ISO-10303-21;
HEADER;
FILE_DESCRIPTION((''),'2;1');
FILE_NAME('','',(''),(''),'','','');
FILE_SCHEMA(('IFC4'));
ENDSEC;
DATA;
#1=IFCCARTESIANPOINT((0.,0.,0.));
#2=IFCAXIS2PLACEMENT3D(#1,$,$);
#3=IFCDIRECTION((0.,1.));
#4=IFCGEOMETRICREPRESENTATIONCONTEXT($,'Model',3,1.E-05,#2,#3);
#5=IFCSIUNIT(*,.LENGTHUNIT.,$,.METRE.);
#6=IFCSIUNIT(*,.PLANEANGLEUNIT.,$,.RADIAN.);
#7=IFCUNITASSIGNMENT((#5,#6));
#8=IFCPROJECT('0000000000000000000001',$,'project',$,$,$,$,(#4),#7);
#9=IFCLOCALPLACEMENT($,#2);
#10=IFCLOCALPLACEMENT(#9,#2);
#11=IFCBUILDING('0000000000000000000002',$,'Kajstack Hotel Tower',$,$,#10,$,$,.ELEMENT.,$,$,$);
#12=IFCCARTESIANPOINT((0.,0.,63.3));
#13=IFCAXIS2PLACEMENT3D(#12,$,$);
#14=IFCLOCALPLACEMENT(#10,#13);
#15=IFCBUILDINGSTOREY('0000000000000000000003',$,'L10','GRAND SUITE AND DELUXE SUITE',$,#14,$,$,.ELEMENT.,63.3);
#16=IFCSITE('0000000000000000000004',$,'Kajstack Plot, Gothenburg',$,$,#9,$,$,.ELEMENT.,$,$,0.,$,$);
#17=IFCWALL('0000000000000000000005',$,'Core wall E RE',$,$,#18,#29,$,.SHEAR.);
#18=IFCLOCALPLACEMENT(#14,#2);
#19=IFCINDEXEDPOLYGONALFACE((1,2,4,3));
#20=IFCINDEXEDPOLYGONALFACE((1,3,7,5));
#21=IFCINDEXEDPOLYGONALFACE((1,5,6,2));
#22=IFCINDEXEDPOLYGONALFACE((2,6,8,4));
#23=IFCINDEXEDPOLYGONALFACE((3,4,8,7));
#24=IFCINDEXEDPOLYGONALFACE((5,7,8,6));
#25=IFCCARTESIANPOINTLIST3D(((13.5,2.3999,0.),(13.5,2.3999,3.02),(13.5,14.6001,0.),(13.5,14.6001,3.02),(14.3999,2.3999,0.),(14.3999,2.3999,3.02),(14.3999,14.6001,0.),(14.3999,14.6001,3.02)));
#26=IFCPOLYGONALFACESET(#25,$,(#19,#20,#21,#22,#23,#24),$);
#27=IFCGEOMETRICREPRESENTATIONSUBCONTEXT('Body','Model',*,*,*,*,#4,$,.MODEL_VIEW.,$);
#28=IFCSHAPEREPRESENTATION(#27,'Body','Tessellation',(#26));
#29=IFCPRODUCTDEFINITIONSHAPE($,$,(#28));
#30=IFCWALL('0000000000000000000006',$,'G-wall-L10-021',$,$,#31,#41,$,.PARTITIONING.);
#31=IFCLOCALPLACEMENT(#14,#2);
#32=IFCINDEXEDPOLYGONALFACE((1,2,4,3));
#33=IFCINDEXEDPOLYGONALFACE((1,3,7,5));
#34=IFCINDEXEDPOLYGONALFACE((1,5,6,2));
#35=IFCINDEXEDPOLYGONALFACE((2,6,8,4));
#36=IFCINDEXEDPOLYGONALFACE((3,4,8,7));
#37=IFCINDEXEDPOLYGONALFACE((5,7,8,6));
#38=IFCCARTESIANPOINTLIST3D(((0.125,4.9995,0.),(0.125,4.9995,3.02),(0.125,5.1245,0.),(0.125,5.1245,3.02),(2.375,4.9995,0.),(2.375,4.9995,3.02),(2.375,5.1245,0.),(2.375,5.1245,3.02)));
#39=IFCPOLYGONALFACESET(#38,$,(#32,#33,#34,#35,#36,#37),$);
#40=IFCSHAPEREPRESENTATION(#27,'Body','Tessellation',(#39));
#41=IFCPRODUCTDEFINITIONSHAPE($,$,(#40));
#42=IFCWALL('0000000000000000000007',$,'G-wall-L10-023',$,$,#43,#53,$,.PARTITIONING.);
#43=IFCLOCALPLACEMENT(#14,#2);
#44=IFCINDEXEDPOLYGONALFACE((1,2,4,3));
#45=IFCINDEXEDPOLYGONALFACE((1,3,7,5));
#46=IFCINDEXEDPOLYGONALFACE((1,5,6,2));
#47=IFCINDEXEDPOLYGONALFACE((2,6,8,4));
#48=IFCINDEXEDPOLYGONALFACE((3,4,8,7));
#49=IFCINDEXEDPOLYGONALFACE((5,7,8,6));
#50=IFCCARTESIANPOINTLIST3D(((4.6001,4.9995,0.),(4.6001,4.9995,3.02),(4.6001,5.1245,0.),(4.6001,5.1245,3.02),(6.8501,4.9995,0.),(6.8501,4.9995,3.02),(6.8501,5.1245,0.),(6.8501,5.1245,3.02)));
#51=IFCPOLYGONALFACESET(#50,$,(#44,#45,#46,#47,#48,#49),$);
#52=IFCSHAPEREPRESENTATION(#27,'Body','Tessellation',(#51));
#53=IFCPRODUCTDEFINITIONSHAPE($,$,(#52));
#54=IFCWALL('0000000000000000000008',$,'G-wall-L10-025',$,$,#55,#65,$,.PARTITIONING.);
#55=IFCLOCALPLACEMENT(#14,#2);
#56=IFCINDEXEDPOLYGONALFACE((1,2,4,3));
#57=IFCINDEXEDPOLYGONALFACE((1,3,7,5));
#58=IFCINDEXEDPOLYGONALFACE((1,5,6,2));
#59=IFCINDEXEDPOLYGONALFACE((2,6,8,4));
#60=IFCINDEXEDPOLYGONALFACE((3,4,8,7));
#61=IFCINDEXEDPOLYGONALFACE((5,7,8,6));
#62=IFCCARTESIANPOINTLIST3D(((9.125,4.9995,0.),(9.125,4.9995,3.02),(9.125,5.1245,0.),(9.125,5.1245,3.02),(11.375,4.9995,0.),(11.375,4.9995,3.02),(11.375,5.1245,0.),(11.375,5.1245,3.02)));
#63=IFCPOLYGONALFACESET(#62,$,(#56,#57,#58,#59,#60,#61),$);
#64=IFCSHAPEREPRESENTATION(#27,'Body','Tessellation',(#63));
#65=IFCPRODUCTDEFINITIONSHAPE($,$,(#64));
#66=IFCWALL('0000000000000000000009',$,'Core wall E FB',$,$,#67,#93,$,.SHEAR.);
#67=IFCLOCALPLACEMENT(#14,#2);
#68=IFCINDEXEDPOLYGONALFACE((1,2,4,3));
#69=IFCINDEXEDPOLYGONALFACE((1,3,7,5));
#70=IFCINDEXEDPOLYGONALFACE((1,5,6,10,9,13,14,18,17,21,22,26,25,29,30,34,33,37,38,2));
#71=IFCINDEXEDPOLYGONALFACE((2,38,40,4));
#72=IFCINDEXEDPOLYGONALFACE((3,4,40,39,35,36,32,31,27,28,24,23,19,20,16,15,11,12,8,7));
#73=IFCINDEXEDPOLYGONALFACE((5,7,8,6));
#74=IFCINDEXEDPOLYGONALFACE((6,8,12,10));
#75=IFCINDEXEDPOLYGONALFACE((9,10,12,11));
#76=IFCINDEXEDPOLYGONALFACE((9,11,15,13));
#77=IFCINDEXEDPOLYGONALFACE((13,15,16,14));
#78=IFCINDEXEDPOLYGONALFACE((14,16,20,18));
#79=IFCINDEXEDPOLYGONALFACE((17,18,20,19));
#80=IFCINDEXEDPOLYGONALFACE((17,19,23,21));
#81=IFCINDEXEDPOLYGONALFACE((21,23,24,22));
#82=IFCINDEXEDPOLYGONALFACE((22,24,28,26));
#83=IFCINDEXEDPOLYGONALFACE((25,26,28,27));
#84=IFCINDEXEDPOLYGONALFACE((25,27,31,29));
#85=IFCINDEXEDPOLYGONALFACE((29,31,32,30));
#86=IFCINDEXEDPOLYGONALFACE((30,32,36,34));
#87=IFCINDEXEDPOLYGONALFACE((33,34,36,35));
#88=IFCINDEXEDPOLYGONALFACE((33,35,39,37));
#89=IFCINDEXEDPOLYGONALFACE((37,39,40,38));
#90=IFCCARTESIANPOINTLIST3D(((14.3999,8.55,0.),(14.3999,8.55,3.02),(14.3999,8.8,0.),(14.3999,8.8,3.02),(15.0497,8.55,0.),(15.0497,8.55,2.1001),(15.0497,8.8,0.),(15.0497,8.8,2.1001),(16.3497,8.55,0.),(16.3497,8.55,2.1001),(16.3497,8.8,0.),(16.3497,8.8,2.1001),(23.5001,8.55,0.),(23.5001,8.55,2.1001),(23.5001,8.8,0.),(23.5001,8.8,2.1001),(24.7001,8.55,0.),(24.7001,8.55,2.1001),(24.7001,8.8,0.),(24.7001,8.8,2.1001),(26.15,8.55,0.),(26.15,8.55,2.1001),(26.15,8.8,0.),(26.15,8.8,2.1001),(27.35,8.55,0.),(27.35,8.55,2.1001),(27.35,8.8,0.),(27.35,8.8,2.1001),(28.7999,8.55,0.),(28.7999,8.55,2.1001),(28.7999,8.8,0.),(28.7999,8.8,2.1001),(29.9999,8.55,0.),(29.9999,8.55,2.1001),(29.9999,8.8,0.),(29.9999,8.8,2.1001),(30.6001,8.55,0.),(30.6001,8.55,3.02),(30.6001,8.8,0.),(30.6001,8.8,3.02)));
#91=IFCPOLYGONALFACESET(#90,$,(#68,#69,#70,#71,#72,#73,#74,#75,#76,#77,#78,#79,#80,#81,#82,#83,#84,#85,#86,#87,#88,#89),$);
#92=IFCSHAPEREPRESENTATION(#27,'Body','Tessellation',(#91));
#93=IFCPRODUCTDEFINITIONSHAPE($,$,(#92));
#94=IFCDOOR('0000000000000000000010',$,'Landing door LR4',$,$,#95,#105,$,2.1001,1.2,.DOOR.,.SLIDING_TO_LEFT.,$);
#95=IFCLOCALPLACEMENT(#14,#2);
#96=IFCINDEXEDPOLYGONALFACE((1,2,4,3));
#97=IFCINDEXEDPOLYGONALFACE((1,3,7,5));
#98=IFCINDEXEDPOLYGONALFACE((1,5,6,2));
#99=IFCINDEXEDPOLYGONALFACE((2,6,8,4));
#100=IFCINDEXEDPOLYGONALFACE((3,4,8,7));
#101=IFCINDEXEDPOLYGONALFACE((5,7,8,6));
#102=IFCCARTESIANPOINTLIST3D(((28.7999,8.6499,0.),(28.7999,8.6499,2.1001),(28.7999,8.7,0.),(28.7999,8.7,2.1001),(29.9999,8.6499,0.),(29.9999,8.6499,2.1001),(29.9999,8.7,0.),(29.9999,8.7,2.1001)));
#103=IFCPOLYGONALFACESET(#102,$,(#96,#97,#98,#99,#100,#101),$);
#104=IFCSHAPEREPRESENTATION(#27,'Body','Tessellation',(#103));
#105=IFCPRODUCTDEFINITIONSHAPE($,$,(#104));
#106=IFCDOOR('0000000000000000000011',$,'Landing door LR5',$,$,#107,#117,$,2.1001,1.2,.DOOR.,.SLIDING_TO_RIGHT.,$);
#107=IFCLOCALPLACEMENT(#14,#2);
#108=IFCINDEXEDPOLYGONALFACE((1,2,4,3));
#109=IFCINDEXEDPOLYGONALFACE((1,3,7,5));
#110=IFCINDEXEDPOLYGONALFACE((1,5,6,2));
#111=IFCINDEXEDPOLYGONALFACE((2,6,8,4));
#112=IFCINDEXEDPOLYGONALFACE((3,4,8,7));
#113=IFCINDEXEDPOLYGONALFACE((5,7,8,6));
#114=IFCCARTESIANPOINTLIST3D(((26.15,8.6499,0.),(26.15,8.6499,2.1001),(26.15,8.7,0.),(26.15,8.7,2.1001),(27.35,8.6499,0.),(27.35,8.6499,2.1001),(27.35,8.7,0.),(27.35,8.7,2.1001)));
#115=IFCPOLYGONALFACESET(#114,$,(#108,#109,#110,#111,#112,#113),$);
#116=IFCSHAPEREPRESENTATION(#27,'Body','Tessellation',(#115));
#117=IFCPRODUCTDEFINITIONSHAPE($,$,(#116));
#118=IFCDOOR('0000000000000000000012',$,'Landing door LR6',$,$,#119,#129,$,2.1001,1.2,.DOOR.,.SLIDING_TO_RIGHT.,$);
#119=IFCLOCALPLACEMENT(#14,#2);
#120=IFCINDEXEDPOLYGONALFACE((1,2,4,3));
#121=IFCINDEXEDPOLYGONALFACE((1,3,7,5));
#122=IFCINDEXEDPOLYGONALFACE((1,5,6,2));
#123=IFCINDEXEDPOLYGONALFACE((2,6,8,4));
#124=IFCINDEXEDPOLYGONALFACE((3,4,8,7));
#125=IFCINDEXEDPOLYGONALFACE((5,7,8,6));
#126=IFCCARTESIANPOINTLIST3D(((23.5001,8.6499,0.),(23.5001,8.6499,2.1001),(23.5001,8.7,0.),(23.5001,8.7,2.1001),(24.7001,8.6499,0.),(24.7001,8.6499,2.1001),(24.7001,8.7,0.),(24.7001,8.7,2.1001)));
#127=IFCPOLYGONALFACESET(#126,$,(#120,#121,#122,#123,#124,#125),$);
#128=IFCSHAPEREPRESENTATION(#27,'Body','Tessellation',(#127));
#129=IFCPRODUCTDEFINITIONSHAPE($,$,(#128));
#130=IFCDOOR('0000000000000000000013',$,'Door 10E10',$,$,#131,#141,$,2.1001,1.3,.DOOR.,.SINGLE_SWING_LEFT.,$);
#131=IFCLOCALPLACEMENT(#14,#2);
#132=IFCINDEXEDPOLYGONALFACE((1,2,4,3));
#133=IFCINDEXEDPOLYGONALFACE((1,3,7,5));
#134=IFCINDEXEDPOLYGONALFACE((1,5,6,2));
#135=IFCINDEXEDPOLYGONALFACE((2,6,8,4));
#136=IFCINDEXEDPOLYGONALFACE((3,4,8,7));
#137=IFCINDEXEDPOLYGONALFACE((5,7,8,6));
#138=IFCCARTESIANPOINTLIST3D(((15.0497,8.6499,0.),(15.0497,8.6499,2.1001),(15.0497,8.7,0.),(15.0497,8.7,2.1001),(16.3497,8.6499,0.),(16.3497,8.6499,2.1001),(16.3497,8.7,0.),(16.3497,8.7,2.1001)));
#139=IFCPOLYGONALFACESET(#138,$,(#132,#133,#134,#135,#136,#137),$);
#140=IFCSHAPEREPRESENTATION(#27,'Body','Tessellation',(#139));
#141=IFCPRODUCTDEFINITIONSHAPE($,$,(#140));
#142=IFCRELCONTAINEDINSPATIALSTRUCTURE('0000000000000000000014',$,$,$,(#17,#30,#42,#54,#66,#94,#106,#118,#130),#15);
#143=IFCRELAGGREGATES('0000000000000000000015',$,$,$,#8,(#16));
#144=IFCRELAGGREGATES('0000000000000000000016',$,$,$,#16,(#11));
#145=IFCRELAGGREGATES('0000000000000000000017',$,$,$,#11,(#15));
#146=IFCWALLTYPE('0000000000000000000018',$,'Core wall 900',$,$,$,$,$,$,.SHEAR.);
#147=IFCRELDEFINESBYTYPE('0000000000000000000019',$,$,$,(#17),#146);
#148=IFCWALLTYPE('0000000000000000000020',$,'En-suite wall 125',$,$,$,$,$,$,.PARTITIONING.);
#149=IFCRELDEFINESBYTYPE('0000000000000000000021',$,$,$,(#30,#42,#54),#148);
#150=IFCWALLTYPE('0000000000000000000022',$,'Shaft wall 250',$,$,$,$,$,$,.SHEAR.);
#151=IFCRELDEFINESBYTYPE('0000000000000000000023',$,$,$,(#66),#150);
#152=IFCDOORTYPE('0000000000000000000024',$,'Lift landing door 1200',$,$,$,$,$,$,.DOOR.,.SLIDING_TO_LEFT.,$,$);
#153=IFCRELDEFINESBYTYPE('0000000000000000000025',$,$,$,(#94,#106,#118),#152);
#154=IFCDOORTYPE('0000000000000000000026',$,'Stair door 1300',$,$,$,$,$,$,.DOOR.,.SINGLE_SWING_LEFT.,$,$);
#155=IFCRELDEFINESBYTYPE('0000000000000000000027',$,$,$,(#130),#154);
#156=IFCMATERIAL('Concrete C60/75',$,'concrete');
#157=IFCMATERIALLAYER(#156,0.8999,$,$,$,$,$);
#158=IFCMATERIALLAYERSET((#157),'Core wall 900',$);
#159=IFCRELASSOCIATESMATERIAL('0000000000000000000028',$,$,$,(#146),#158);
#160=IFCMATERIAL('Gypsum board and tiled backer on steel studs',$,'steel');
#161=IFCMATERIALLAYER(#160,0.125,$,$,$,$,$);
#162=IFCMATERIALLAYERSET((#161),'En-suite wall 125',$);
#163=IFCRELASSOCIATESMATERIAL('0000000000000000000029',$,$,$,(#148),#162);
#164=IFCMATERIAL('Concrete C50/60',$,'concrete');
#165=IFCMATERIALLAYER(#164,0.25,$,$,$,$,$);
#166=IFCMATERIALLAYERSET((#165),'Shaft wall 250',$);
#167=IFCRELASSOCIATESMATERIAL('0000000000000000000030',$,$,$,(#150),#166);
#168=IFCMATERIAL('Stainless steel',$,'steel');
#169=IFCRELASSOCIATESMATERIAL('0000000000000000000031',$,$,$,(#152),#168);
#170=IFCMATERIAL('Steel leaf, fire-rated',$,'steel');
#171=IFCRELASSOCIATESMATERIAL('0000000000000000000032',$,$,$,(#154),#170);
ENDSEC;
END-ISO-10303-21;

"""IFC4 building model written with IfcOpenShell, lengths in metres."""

from ifc_helpers import new_model, si_unit, direction, frame, frame_2d, origin, place, context, subcontext, project, spatial, rectangle, extrude, material, layer, layer_set, type_object, element, fill, save


model = new_model("IFC4")

# Units and contexts
model_context = context("Model", 3, precision=1e-05, world=origin(), true_north=direction((0.0, 1.0)))
body_context = subcontext(model_context, "Body", "Model", "MODEL_VIEW")
ifc_project = project(units=[si_unit("LENGTHUNIT", "METRE"), si_unit("PLANEANGLEUNIT", "RADIAN")], contexts=[model_context])

# Site, building, storey
site_placement = place(None, origin())
site = spatial("IfcSite", under=ifc_project, at=site_placement, Name="Kajstack Plot, Gothenburg", CompositionType="ELEMENT", RefElevation=0.0)
building_placement = place(site_placement, origin())
building = spatial("IfcBuilding", under=site, at=building_placement, Name="Kajstack Hotel Tower", CompositionType="ELEMENT")
storey_placement = place(building_placement, frame((0.0, 0.0, 63.3)))
storey = spatial("IfcBuildingStorey", under=building, at=storey_placement, Name="L10", Description="GRAND SUITE AND DELUXE SUITE", CompositionType="ELEMENT", Elevation=63.3)

# Walls
ifc_material_1 = material(Name="Concrete C60/75", Category="concrete")
ifc_layer_1 = layer(ifc_material_1, 0.8999)
ifc_layer_set_1 = layer_set([ifc_layer_1], Name="Core wall 900")
wall_type_1 = type_object("IfcWallType", Name="Core wall 900", PredefinedType="SHEAR", material=ifc_layer_set_1)
wall_1_placement = place(storey_placement, frame((13.95, 2.3999, 0.0), z_axis=(0.0, 0.0, 1.0), x_axis=(0.0, 1.0, 0.0)))
element("IfcWall", 1, at=wall_1_placement, inside=storey, type_object=wall_type_1, Name="Core wall E RE", PredefinedType="SHEAR", context=body_context, shape_type="SweptSolid", body=[
    extrude(rectangle(XDim=12.2002, YDim=0.8999, at=frame_2d((6.1001, 0.0))), origin(), (0.0, 0.0, 1.0), 3.02),
])
ifc_material_2 = material(Name="Gypsum board and tiled backer on steel studs", Category="steel")
ifc_layer_2 = layer(ifc_material_2, 0.125)
ifc_layer_set_2 = layer_set([ifc_layer_2], Name="En-suite wall 125")
wall_type_2 = type_object("IfcWallType", Name="En-suite wall 125", PredefinedType="PARTITIONING", material=ifc_layer_set_2)
for number, where, z_axis, x_axis, name in (
    (2, (0.125, 5.062, 0.0), (0.0, 0.0, 1.0), (1.0, 0.0, 0.0), "G-wall-L10-021"),
    (3, (4.6001, 5.062, 0.0), (0.0, 0.0, 1.0), (1.0, 0.0, 0.0), "G-wall-L10-023"),
    (4, (9.125, 5.062, 0.0), (0.0, 0.0, 1.0), (1.0, 0.0, 0.0), "G-wall-L10-025"),
):
    element("IfcWall", number, at=place(storey_placement, frame(where, z_axis=z_axis, x_axis=x_axis)), inside=storey, type_object=wall_type_2, Name=name, PredefinedType="PARTITIONING", context=body_context, shape_type="SweptSolid", body=[
        extrude(rectangle(XDim=2.25, YDim=0.125, at=frame_2d((1.125, 0.0))), origin(), (0.0, 0.0, 1.0), 3.02),
    ])

# Wall, openings, doors
ifc_material_3 = material(Name="Concrete C50/60", Category="concrete")
ifc_layer_3 = layer(ifc_material_3, 0.25)
ifc_layer_set_3 = layer_set([ifc_layer_3], Name="Shaft wall 250")
wall_type_3 = type_object("IfcWallType", Name="Shaft wall 250", PredefinedType="SHEAR", material=ifc_layer_set_3)
wall_2_placement = place(storey_placement, frame((14.3999, 8.675, 0.0), z_axis=(0.0, 0.0, 1.0), x_axis=(1.0, 0.0, 0.0)))
wall_2 = element("IfcWall", 5, at=wall_2_placement, inside=storey, type_object=wall_type_3, Name="Core wall E FB", PredefinedType="SHEAR", context=body_context, shape_type="SweptSolid", body=[
    extrude(rectangle(XDim=16.2002, YDim=0.25, at=frame_2d((8.1001, 0.0))), origin(), (0.0, 0.0, 1.0), 3.02),
])
opening_1_placement = place(wall_2_placement, frame((14.3999, 0.0, 0.0)))
opening_1 = element("IfcOpeningElement", 6, at=opening_1_placement, cuts=wall_2, PredefinedType="OPENING", context=body_context, shape_type="SweptSolid", body=[
    extrude(rectangle(XDim=1.2, YDim=2.1001, at=frame_2d((0.6001, 1.05))), frame((0.0, 0.135, 0.0), z_axis=(0.0, -1.0, 0.0), x_axis=(1.0, 0.0, 0.0)), (0.0, 0.0, 1.0), 0.27),
])
opening_2_placement = place(wall_2_placement, frame((11.75, 0.0, 0.0)))
opening_2 = element("IfcOpeningElement", 7, at=opening_2_placement, cuts=wall_2, PredefinedType="OPENING", context=body_context, shape_type="SweptSolid", body=[
    extrude(rectangle(XDim=1.2, YDim=2.1001, at=frame_2d((0.6001, 1.05))), frame((0.0, 0.135, 0.0), z_axis=(0.0, -1.0, 0.0), x_axis=(1.0, 0.0, 0.0)), (0.0, 0.0, 1.0), 0.27),
])
opening_3_placement = place(wall_2_placement, frame((9.1001, 0.0, 0.0)))
opening_3 = element("IfcOpeningElement", 8, at=opening_3_placement, cuts=wall_2, PredefinedType="OPENING", context=body_context, shape_type="SweptSolid", body=[
    extrude(rectangle(XDim=1.2, YDim=2.1001, at=frame_2d((0.6001, 1.05))), frame((0.0, 0.135, 0.0), z_axis=(0.0, -1.0, 0.0), x_axis=(1.0, 0.0, 0.0)), (0.0, 0.0, 1.0), 0.27),
])
opening_4_placement = place(wall_2_placement, frame((0.6499, 0.0, 0.0)))
opening_4 = element("IfcOpeningElement", 9, at=opening_4_placement, cuts=wall_2, PredefinedType="OPENING", context=body_context, shape_type="SweptSolid", body=[
    extrude(rectangle(XDim=1.3, YDim=2.1001, at=frame_2d((0.6499, 1.05))), frame((0.0, 0.135, 0.0), z_axis=(0.0, -1.0, 0.0), x_axis=(1.0, 0.0, 0.0)), (0.0, 0.0, 1.0), 0.27),
])
ifc_material_4 = material(Name="Stainless steel", Category="steel")
door_type_1 = type_object("IfcDoorType", Name="Lift landing door 1200", OperationType="SLIDING_TO_LEFT", PredefinedType="DOOR", material=ifc_material_4)
door_1_placement = place(opening_1_placement, origin())
door_1 = element("IfcDoor", 10, at=door_1_placement, inside=storey, type_object=door_type_1, Name="Landing door LR4", OperationType="SLIDING_TO_LEFT", OverallHeight=2.1001, OverallWidth=1.2, PredefinedType="DOOR", context=body_context, shape_type="SweptSolid", body=[
    extrude(rectangle(XDim=1.2, YDim=2.1001, at=frame_2d((0.6001, 1.05))), frame((0.0, 0.0249, 0.0), z_axis=(0.0, -1.0, 0.0), x_axis=(1.0, 0.0, 0.0)), (0.0, 0.0, 1.0), 0.05),
])
fill(opening_1, door_1)
door_2_placement = place(opening_2_placement, origin())
door_2 = element("IfcDoor", 11, at=door_2_placement, inside=storey, type_object=door_type_1, Name="Landing door LR5", OperationType="SLIDING_TO_RIGHT", OverallHeight=2.1001, OverallWidth=1.2, PredefinedType="DOOR", context=body_context, shape_type="SweptSolid", body=[
    extrude(rectangle(XDim=1.2, YDim=2.1001, at=frame_2d((0.6001, 1.05))), frame((0.0, 0.0249, 0.0), z_axis=(0.0, -1.0, 0.0), x_axis=(1.0, 0.0, 0.0)), (0.0, 0.0, 1.0), 0.05),
])
fill(opening_2, door_2)
door_3_placement = place(opening_3_placement, origin())
door_3 = element("IfcDoor", 12, at=door_3_placement, inside=storey, type_object=door_type_1, Name="Landing door LR6", OperationType="SLIDING_TO_RIGHT", OverallHeight=2.1001, OverallWidth=1.2, PredefinedType="DOOR", context=body_context, shape_type="SweptSolid", body=[
    extrude(rectangle(XDim=1.2, YDim=2.1001, at=frame_2d((0.6001, 1.05))), frame((0.0, 0.0249, 0.0), z_axis=(0.0, -1.0, 0.0), x_axis=(1.0, 0.0, 0.0)), (0.0, 0.0, 1.0), 0.05),
])
fill(opening_3, door_3)
ifc_material_5 = material(Name="Steel leaf, fire-rated", Category="steel")
door_type_2 = type_object("IfcDoorType", Name="Stair door 1300", OperationType="SINGLE_SWING_LEFT", PredefinedType="DOOR", material=ifc_material_5)
door_4_placement = place(opening_4_placement, origin())
door_4 = element("IfcDoor", 13, at=door_4_placement, inside=storey, type_object=door_type_2, Name="Door 10E10", OperationType="SINGLE_SWING_LEFT", OverallHeight=2.1001, OverallWidth=1.3, PredefinedType="DOOR", context=body_context, shape_type="SweptSolid", body=[
    extrude(rectangle(XDim=1.3, YDim=2.1001, at=frame_2d((0.6499, 1.05))), frame((0.0, 0.0249, 0.0), z_axis=(0.0, -1.0, 0.0), x_axis=(1.0, 0.0, 0.0)), (0.0, 0.0, 1.0), 0.05),
])
fill(opening_4, door_4)

save(model, "model.ifc")
